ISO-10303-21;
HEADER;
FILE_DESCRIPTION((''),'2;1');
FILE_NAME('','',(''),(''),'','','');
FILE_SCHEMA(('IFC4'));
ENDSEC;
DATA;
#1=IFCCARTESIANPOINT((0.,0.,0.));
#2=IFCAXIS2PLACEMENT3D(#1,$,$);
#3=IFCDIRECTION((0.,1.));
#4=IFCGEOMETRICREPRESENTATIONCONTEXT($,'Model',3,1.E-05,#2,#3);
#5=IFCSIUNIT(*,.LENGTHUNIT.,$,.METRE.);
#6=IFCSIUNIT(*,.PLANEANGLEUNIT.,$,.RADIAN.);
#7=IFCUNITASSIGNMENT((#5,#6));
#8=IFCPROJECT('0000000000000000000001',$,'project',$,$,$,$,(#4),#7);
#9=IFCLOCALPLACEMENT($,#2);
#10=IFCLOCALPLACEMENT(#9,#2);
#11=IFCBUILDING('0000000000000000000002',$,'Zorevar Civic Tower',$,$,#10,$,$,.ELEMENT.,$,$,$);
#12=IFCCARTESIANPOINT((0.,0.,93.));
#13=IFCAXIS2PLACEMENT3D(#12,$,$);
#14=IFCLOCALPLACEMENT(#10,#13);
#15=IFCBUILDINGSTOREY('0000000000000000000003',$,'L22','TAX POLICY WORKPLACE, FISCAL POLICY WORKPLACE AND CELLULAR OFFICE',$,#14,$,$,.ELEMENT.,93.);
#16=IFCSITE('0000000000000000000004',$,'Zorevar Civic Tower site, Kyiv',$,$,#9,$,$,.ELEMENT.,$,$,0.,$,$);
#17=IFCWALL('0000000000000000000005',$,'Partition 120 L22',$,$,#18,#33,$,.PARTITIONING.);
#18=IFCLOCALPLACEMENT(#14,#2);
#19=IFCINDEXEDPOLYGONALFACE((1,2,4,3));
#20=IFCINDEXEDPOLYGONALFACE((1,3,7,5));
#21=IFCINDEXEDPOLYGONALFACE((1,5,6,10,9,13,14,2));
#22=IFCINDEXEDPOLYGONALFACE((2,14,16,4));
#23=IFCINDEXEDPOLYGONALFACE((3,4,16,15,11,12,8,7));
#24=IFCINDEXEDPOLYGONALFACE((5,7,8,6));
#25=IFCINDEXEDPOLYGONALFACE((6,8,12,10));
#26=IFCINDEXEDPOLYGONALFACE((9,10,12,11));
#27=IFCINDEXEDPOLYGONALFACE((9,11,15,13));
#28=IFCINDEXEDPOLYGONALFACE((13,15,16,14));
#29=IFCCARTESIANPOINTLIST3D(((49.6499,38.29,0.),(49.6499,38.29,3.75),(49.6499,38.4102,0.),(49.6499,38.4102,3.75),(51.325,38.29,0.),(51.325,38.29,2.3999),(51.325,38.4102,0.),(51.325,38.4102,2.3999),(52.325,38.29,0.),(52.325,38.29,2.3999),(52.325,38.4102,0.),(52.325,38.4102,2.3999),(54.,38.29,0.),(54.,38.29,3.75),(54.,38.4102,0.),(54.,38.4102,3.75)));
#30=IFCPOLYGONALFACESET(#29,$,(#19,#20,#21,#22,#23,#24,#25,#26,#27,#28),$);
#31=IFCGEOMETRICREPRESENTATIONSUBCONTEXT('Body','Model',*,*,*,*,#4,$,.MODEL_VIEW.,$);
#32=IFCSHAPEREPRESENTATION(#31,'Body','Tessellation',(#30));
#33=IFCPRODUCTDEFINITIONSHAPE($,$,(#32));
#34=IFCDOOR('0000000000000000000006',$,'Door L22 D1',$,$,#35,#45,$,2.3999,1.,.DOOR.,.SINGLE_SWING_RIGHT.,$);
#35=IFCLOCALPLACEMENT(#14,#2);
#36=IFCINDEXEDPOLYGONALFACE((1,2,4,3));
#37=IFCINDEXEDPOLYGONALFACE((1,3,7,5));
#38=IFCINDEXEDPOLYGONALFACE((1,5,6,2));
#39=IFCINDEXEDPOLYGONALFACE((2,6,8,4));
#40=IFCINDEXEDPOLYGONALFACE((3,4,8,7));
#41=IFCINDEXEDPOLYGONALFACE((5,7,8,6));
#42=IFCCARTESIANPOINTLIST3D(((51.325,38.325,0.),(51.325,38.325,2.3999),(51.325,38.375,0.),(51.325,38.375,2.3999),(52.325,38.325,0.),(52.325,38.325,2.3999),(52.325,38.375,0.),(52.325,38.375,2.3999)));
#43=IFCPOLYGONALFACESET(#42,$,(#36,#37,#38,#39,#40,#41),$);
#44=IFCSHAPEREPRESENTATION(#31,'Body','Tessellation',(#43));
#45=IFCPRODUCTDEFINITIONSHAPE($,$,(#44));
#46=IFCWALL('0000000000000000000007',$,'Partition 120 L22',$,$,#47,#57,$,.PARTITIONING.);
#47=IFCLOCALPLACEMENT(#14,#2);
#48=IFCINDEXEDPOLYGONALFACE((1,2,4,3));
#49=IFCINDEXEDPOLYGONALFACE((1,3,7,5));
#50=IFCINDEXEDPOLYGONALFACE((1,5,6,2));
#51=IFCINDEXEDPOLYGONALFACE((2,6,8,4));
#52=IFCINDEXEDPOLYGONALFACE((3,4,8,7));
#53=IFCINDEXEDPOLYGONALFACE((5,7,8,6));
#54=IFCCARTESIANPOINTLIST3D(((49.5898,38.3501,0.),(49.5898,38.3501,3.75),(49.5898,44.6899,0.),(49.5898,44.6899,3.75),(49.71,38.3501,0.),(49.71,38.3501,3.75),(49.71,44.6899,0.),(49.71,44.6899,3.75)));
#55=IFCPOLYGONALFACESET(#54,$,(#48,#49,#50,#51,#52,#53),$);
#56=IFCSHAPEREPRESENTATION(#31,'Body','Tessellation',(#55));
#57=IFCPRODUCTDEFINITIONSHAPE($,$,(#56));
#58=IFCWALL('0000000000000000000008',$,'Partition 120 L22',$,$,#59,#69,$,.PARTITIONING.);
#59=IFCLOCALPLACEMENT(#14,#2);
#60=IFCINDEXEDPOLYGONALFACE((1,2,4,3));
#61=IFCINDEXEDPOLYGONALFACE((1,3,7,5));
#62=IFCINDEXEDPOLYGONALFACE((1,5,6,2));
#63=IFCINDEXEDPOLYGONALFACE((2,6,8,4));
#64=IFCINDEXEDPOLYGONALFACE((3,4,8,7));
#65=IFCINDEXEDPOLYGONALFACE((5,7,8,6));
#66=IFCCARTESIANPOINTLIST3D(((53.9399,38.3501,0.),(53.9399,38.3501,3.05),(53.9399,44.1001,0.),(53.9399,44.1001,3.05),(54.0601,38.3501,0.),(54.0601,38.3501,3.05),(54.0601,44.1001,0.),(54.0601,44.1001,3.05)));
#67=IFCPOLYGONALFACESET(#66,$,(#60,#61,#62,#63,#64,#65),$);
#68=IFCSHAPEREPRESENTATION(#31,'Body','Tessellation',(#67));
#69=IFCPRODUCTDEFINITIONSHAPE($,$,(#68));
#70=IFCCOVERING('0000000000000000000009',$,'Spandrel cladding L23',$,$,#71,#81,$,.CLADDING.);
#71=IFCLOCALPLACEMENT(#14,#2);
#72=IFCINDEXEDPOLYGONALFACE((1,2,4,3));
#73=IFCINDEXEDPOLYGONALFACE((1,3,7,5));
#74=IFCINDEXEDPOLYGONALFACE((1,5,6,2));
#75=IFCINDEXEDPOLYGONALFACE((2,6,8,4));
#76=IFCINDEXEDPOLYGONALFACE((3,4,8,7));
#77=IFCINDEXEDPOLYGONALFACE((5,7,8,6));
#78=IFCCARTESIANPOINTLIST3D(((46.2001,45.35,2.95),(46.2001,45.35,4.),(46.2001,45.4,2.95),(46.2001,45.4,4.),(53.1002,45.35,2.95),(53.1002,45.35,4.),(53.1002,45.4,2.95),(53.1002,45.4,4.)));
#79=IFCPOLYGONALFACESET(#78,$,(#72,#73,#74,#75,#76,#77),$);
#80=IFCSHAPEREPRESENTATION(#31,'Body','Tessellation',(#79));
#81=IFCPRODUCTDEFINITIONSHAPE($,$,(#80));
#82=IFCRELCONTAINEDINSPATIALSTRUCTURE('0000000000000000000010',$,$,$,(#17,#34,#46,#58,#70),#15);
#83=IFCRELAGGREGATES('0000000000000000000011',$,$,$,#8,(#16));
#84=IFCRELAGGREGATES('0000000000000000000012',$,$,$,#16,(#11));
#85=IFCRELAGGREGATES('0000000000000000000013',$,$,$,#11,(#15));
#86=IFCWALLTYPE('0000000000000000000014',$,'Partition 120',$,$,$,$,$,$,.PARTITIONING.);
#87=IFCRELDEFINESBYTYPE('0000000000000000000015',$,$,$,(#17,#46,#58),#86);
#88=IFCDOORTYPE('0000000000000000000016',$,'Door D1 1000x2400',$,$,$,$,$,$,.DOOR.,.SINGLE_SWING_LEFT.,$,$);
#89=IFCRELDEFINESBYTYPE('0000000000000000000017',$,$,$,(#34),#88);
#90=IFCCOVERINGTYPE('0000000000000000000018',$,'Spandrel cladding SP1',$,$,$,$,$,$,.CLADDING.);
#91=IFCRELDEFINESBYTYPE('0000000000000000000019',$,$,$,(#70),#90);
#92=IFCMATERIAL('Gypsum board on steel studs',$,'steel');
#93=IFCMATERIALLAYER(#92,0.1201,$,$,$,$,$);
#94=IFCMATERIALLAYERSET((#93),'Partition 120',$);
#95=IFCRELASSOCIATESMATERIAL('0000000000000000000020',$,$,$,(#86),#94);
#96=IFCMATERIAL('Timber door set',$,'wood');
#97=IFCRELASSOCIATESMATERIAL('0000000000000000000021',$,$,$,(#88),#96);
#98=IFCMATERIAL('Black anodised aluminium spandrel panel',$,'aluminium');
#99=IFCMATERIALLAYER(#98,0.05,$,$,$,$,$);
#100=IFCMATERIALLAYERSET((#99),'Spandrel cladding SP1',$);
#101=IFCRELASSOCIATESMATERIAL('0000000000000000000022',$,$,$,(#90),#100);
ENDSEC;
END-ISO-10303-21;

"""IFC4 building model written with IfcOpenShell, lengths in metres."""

from ifc_helpers import new_model, si_unit, direction, frame, frame_2d, origin, place, context, subcontext, project, spatial, rectangle, extrude, material, layer, layer_set, type_object, element, fill, save


model = new_model("IFC4")

# Units and contexts
model_context = context("Model", 3, precision=1e-05, world=origin(), true_north=direction((0.0, 1.0)))
body_context = subcontext(model_context, "Body", "Model", "MODEL_VIEW")
ifc_project = project(units=[si_unit("LENGTHUNIT", "METRE"), si_unit("PLANEANGLEUNIT", "RADIAN")], contexts=[model_context])

# Site, building, storey
site_placement = place(None, origin())
site = spatial("IfcSite", under=ifc_project, at=site_placement, Name="Zorevar Civic Tower site, Kyiv", CompositionType="ELEMENT", RefElevation=0.0)
building_placement = place(site_placement, origin())
building = spatial("IfcBuilding", under=site, at=building_placement, Name="Zorevar Civic Tower", CompositionType="ELEMENT")
storey_placement = place(building_placement, frame((0.0, 0.0, 93.0)))
storey = spatial("IfcBuildingStorey", under=building, at=storey_placement, Name="L22", Description="TAX POLICY WORKPLACE, FISCAL POLICY WORKPLACE AND CELLULAR OFFICE", CompositionType="ELEMENT", Elevation=93.0)

# Wall, opening, door
ifc_material_1 = material(Name="Gypsum board on steel studs", Category="steel")
ifc_layer_1 = layer(ifc_material_1, 0.1201)
ifc_layer_set_1 = layer_set([ifc_layer_1], Name="Partition 120")
wall_type_1 = type_object("IfcWallType", Name="Partition 120", PredefinedType="PARTITIONING", material=ifc_layer_set_1)
wall_1_placement = place(storey_placement, frame((49.6499, 38.3501, 0.0), z_axis=(0.0, 0.0, 1.0), x_axis=(1.0, 0.0, 0.0)))
wall_1 = element("IfcWall", 1, at=wall_1_placement, inside=storey, type_object=wall_type_1, Name="Partition 120 L22", PredefinedType="PARTITIONING", context=body_context, shape_type="SweptSolid", body=[
    extrude(rectangle(XDim=4.3501, YDim=0.1201, at=frame_2d((2.175, 0.0))), origin(), (0.0, 0.0, 1.0), 3.75),
])
opening_placement = place(wall_1_placement, frame((1.675, 0.0, 0.0)))
opening = element("IfcOpeningElement", 2, at=opening_placement, cuts=wall_1, PredefinedType="OPENING", context=body_context, shape_type="SweptSolid", body=[
    extrude(rectangle(XDim=1.0, YDim=2.3999, at=frame_2d((0.5, 1.2))), frame((0.0, 0.0701, 0.0), z_axis=(0.0, -1.0, 0.0), x_axis=(1.0, 0.0, 0.0)), (0.0, 0.0, 1.0), 0.1401),
])
ifc_material_2 = material(Name="Timber door set", Category="wood")
door_type = type_object("IfcDoorType", Name="Door D1 1000x2400", OperationType="SINGLE_SWING_LEFT", PredefinedType="DOOR", material=ifc_material_2)
door_placement = place(opening_placement, origin())
door = element("IfcDoor", 3, at=door_placement, inside=storey, type_object=door_type, Name="Door L22 D1", OperationType="SINGLE_SWING_RIGHT", OverallHeight=2.3999, OverallWidth=1.0, PredefinedType="DOOR", context=body_context, shape_type="SweptSolid", body=[
    extrude(rectangle(XDim=1.0, YDim=2.3999, at=frame_2d((0.5, 1.2))), frame((0.0, 0.0249, 0.0), z_axis=(0.0, -1.0, 0.0), x_axis=(1.0, 0.0, 0.0)), (0.0, 0.0, 1.0), 0.05),
])
fill(opening, door)

# Walls
wall_2_placement = place(storey_placement, frame((49.6499, 38.3501, 0.0), z_axis=(0.0, 0.0, 1.0), x_axis=(0.0, 1.0, 0.0)))
element("IfcWall", 4, at=wall_2_placement, inside=storey, type_object=wall_type_1, Name="Partition 120 L22", PredefinedType="PARTITIONING", context=body_context, shape_type="SweptSolid", body=[
    extrude(rectangle(XDim=6.3398, YDim=0.1201, at=frame_2d((3.1699, 0.0))), origin(), (0.0, 0.0, 1.0), 3.75),
])
wall_3_placement = place(storey_placement, frame((54.0, 38.3501, 0.0), z_axis=(0.0, 0.0, 1.0), x_axis=(0.0, 1.0, 0.0)))
element("IfcWall", 5, at=wall_3_placement, inside=storey, type_object=wall_type_1, Name="Partition 120 L22", PredefinedType="PARTITIONING", context=body_context, shape_type="SweptSolid", body=[
    extrude(rectangle(XDim=5.75, YDim=0.1201, at=frame_2d((2.875, 0.0))), origin(), (0.0, 0.0, 1.0), 3.05),
])

# Covering
ifc_material_3 = material(Name="Black anodised aluminium spandrel panel", Category="aluminium")
ifc_layer_2 = layer(ifc_material_3, 0.05)
ifc_layer_set_2 = layer_set([ifc_layer_2], Name="Spandrel cladding SP1")
covering_type = type_object("IfcCoveringType", Name="Spandrel cladding SP1", PredefinedType="CLADDING", material=ifc_layer_set_2)
covering_placement = place(storey_placement, frame((46.2, 45.375, 2.95), z_axis=(0.0, 0.0, 1.0), x_axis=(1.0, 0.0, 0.0)))
element("IfcCovering", 6, at=covering_placement, inside=storey, type_object=covering_type, Name="Spandrel cladding L23", PredefinedType="CLADDING", context=body_context, shape_type="SweptSolid", body=[
    extrude(rectangle(XDim=6.9001, YDim=0.05, at=frame_2d((3.4502, 0.0))), origin(), (0.0, 0.0, 1.0), 1.05),
])

save(model, "model.ifc")
